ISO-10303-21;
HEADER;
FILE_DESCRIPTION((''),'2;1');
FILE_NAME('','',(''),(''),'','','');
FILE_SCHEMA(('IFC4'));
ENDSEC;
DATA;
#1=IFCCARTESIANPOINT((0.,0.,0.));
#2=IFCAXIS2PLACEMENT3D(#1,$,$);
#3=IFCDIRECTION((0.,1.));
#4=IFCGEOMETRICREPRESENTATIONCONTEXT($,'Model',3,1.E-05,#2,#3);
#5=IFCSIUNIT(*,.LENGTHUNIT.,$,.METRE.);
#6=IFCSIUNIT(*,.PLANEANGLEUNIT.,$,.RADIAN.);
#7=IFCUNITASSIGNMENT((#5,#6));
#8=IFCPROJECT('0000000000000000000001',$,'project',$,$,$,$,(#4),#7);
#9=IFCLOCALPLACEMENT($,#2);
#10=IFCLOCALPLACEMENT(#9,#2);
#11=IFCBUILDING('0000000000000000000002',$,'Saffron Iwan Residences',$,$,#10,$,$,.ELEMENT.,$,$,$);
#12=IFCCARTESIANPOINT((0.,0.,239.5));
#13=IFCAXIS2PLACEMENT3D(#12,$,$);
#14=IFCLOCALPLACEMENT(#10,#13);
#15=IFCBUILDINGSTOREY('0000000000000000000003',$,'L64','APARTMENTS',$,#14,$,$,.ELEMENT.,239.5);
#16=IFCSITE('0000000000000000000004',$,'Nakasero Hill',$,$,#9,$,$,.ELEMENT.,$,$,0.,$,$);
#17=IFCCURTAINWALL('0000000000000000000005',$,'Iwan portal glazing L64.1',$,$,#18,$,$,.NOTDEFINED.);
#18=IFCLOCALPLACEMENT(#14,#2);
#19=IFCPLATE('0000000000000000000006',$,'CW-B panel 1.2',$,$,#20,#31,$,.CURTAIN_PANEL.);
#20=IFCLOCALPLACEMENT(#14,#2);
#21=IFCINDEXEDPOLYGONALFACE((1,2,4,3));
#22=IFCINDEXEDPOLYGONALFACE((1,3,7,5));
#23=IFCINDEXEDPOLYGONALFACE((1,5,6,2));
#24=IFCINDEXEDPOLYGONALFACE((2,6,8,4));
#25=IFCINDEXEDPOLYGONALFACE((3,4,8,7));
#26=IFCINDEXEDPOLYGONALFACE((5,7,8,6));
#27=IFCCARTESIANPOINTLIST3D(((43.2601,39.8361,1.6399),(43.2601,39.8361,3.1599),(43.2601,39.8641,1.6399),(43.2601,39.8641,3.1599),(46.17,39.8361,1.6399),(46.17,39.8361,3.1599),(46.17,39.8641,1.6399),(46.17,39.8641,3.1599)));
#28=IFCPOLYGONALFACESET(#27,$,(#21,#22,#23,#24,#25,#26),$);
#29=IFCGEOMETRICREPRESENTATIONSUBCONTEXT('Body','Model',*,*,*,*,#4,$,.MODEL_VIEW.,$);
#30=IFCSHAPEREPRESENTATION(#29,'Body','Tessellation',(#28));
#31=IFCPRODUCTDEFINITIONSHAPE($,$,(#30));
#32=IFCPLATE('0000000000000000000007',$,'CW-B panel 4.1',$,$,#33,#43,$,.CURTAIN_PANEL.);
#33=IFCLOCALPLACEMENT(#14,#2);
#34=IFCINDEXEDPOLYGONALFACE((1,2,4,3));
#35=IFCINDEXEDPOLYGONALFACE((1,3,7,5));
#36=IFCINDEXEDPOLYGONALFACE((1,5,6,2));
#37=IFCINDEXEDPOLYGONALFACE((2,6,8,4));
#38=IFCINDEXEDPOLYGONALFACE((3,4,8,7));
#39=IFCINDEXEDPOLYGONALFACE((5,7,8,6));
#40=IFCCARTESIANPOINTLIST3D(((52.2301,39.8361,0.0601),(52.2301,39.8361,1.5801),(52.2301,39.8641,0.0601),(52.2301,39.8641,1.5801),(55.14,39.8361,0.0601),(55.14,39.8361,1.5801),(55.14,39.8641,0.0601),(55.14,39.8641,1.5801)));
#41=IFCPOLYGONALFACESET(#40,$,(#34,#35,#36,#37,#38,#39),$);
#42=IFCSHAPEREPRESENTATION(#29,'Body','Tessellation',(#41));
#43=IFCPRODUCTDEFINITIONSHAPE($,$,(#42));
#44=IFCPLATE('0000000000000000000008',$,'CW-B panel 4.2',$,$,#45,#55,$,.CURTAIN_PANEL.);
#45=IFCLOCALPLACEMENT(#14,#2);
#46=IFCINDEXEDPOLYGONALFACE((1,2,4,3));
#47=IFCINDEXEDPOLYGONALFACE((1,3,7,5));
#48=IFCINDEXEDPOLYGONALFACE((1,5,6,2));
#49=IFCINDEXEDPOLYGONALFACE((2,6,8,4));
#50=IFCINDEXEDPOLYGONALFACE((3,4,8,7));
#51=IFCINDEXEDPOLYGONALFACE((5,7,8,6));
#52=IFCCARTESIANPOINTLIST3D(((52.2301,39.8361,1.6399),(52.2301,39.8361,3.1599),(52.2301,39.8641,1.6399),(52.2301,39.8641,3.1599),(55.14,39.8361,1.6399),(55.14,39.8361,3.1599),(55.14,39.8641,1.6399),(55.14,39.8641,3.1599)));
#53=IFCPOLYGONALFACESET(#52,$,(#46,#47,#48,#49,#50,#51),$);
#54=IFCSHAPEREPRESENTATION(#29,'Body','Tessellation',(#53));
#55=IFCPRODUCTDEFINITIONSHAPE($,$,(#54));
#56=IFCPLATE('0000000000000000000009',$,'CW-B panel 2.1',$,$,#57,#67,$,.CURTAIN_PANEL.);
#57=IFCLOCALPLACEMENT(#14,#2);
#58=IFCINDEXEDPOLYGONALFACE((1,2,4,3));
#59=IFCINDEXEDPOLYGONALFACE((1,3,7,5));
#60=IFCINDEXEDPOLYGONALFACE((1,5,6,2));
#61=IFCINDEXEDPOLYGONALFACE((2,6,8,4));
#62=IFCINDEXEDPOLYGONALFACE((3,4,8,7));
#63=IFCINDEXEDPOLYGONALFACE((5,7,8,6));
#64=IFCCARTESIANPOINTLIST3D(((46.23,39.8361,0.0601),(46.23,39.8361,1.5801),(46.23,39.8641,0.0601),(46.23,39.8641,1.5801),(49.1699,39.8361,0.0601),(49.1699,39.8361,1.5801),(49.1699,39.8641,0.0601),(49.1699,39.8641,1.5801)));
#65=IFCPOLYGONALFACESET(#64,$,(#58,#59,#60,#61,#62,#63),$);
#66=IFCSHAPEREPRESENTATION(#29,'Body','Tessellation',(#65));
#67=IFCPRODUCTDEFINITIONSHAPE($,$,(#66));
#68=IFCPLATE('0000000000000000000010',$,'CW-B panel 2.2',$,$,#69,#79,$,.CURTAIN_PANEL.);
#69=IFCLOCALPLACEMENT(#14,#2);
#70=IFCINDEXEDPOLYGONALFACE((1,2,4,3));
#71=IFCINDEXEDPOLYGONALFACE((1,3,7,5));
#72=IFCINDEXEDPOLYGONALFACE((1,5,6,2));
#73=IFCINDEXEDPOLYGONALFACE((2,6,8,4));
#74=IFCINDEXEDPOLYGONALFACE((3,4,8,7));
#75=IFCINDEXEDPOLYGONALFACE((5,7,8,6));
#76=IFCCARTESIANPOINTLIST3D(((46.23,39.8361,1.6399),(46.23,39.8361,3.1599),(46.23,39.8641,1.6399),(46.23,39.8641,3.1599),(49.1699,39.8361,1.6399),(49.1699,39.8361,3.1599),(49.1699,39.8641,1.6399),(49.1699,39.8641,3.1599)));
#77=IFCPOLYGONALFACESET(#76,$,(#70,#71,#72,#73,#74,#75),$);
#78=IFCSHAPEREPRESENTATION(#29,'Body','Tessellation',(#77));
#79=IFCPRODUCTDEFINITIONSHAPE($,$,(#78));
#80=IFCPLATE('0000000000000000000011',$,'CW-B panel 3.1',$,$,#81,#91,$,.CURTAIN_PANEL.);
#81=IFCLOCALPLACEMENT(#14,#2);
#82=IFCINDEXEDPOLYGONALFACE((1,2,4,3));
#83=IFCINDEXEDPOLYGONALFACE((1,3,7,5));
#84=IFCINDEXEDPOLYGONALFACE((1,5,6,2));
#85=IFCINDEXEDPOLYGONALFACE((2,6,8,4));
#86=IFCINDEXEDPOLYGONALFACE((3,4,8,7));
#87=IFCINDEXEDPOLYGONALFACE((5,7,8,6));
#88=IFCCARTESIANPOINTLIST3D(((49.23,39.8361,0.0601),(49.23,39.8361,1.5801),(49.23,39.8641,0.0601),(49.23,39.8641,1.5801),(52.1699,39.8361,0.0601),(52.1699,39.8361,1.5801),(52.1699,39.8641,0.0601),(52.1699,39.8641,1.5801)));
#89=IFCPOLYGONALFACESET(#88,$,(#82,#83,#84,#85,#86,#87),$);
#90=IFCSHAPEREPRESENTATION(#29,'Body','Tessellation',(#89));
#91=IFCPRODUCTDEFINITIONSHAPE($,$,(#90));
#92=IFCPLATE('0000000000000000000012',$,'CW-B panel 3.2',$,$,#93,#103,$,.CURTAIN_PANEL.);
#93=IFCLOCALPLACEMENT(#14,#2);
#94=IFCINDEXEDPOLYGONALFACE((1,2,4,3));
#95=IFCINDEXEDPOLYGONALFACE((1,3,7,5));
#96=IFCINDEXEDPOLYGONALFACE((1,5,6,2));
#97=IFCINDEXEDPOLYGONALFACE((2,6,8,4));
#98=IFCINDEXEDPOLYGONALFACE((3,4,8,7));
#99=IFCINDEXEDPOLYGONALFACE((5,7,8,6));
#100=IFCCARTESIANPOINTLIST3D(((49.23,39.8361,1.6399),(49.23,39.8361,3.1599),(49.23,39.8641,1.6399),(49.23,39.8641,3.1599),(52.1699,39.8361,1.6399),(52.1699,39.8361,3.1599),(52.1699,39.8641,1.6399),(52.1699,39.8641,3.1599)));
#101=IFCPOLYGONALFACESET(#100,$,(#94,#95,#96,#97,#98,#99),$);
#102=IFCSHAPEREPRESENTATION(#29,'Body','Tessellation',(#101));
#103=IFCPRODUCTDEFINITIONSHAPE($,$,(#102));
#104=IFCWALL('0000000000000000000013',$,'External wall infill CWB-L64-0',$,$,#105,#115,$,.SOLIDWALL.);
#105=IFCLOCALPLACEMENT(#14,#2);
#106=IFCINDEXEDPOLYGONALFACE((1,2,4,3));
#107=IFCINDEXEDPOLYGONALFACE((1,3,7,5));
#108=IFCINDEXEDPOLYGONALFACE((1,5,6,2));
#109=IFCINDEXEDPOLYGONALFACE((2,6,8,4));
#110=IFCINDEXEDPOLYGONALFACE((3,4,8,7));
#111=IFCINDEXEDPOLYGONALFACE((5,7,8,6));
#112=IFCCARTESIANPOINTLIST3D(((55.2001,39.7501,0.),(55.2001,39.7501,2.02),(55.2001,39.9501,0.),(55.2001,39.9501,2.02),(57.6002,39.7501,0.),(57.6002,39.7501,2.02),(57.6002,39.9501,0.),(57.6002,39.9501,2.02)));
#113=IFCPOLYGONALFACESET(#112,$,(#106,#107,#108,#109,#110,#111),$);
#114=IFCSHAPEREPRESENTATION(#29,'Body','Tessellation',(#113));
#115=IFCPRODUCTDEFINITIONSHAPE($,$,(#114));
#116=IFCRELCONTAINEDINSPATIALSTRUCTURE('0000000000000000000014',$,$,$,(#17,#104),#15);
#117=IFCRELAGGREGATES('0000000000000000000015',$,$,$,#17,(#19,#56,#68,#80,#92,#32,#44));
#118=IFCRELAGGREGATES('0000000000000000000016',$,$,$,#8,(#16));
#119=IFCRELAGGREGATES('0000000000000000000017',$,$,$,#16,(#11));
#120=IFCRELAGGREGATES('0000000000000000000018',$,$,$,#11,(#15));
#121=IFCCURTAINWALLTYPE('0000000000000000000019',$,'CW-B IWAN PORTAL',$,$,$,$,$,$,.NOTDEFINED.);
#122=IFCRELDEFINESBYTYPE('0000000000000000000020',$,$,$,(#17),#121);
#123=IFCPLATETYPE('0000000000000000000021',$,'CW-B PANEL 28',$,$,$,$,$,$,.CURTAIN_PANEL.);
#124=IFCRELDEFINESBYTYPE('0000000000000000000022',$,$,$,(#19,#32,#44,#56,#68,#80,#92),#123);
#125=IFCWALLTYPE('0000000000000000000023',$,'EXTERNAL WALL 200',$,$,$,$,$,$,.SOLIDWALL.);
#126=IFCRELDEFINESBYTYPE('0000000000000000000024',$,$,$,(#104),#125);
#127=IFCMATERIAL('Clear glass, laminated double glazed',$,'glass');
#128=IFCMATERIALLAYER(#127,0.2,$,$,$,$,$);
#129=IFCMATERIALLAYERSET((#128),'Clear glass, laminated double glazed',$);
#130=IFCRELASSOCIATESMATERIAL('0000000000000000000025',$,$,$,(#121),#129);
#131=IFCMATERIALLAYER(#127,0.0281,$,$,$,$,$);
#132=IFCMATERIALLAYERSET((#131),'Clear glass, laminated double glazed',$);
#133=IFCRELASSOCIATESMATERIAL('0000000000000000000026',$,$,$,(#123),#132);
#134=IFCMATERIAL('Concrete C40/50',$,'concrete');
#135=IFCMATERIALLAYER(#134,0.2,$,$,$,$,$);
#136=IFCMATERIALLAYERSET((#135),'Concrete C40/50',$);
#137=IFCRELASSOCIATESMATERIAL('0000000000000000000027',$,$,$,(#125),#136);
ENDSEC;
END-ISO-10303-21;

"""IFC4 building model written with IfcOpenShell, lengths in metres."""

from ifc_helpers import new_model, si_unit, direction, frame, frame_2d, origin, origin_2d, place, context, subcontext, project, spatial, rectangle, extrude, source, transform, mapped, material, layer, layer_set, type_object, element, aggregate, save


model = new_model("IFC4")

# Units and contexts
model_context = context("Model", 3, precision=1e-05, world=origin(), true_north=direction((0.0, 1.0)))
body_context = subcontext(model_context, "Body", "Model", "MODEL_VIEW")
ifc_project = project(units=[si_unit("LENGTHUNIT", "METRE"), si_unit("PLANEANGLEUNIT", "RADIAN")], contexts=[model_context])

# Site, building, storey
site_placement = place(None, origin())
site = spatial("IfcSite", under=ifc_project, at=site_placement, Name="Nakasero Hill", CompositionType="ELEMENT", RefElevation=0.0)
building_placement = place(site_placement, origin())
building = spatial("IfcBuilding", under=site, at=building_placement, Name="Saffron Iwan Residences", CompositionType="ELEMENT")
storey_placement = place(building_placement, frame((0.0, 0.0, 239.5)))
storey = spatial("IfcBuildingStorey", under=building, at=storey_placement, Name="L64", Description="APARTMENTS", CompositionType="ELEMENT", Elevation=239.5)

# Curtain wall, plates
ifc_material_1 = material(Name="Clear glass, laminated double glazed", Category="glass")
ifc_layer_1 = layer(ifc_material_1, 0.2)
ifc_layer_set_1 = layer_set([ifc_layer_1], Name="Clear glass, laminated double glazed")
curtain_wall_type = type_object("IfcCurtainWallType", Name="CW-B IWAN PORTAL", PredefinedType="NOTDEFINED", material=ifc_layer_set_1)
curtain_wall_placement = place(storey_placement, origin())
curtain_wall = element("IfcCurtainWall", 1, at=curtain_wall_placement, inside=storey, type_object=curtain_wall_type, Name="Iwan portal glazing L64.1", PredefinedType="NOTDEFINED")
ifc_layer_2 = layer(ifc_material_1, 0.0281)
ifc_layer_set_2 = layer_set([ifc_layer_2], Name="Clear glass, laminated double glazed")
plate_type = type_object("IfcPlateType", Name="CW-B PANEL 28", PredefinedType="CURTAIN_PANEL", material=ifc_layer_set_2)
shared_shape_1 = source(origin(), body_context, "Body", "SweptSolid", [
    extrude(rectangle(XDim=2.9099, YDim=0.0281, at=origin_2d()), origin(), (0.0, 0.0, 1.0), 1.52),
])
plate_1_placement = place(storey_placement, frame((44.7151, 39.8501, 1.6399), z_axis=(0.0, 0.0, 1.0), x_axis=(1.0, 0.0, 0.0)))
plate_1 = element("IfcPlate", 2, at=plate_1_placement, type_object=plate_type, Name="CW-B panel 1.2", PredefinedType="CURTAIN_PANEL", context=body_context, shape_type="MappedRepresentation", body=[
    mapped(shared_shape_1, transform((0.0, 0.0, 0.0))),
])
plate_2_placement = place(storey_placement, frame((53.6851, 39.8501, 0.0601), z_axis=(0.0, 0.0, 1.0), x_axis=(1.0, 0.0, 0.0)))
plate_2 = element("IfcPlate", 3, at=plate_2_placement, type_object=plate_type, Name="CW-B panel 4.1", PredefinedType="CURTAIN_PANEL", context=body_context, shape_type="MappedRepresentation", body=[
    mapped(shared_shape_1, transform((0.0, 0.0, 0.0))),
])
plate_3_placement = place(storey_placement, frame((53.6851, 39.8501, 1.6399), z_axis=(0.0, 0.0, 1.0), x_axis=(1.0, 0.0, 0.0)))
plate_3 = element("IfcPlate", 4, at=plate_3_placement, type_object=plate_type, Name="CW-B panel 4.2", PredefinedType="CURTAIN_PANEL", context=body_context, shape_type="MappedRepresentation", body=[
    mapped(shared_shape_1, transform((0.0, 0.0, 0.0))),
])
shared_shape_2 = source(origin(), body_context, "Body", "SweptSolid", [
    extrude(rectangle(XDim=2.9399, YDim=0.0281, at=origin_2d()), origin(), (0.0, 0.0, 1.0), 1.52),
])
plate_4_placement = place(storey_placement, frame((47.7, 39.8501, 0.0601), z_axis=(0.0, 0.0, 1.0), x_axis=(1.0, 0.0, 0.0)))
plate_4 = element("IfcPlate", 5, at=plate_4_placement, type_object=plate_type, Name="CW-B panel 2.1", PredefinedType="CURTAIN_PANEL", context=body_context, shape_type="MappedRepresentation", body=[
    mapped(shared_shape_2, transform((0.0, 0.0, 0.0))),
])
plate_5_placement = place(storey_placement, frame((47.7, 39.8501, 1.6399), z_axis=(0.0, 0.0, 1.0), x_axis=(1.0, 0.0, 0.0)))
plate_5 = element("IfcPlate", 6, at=plate_5_placement, type_object=plate_type, Name="CW-B panel 2.2", PredefinedType="CURTAIN_PANEL", context=body_context, shape_type="MappedRepresentation", body=[
    mapped(shared_shape_2, transform((0.0, 0.0, 0.0))),
])
plate_6_placement = place(storey_placement, frame((50.7, 39.8501, 0.0601), z_axis=(0.0, 0.0, 1.0), x_axis=(1.0, 0.0, 0.0)))
plate_6 = element("IfcPlate", 7, at=plate_6_placement, type_object=plate_type, Name="CW-B panel 3.1", PredefinedType="CURTAIN_PANEL", context=body_context, shape_type="MappedRepresentation", body=[
    mapped(shared_shape_2, transform((0.0, 0.0, 0.0))),
])
plate_7_placement = place(storey_placement, frame((50.7, 39.8501, 1.6399), z_axis=(0.0, 0.0, 1.0), x_axis=(1.0, 0.0, 0.0)))
plate_7 = element("IfcPlate", 8, at=plate_7_placement, type_object=plate_type, Name="CW-B panel 3.2", PredefinedType="CURTAIN_PANEL", context=body_context, shape_type="MappedRepresentation", body=[
    mapped(shared_shape_2, transform((0.0, 0.0, 0.0))),
])
aggregate(curtain_wall, [plate_1, plate_4, plate_5, plate_6, plate_7, plate_2, plate_3])

# Wall
ifc_material_2 = material(Name="Concrete C40/50", Category="concrete")
ifc_layer_3 = layer(ifc_material_2, 0.2)
ifc_layer_set_3 = layer_set([ifc_layer_3], Name="Concrete C40/50")
wall_type = type_object("IfcWallType", Name="EXTERNAL WALL 200", PredefinedType="SOLIDWALL", material=ifc_layer_set_3)
wall_placement = place(storey_placement, frame((55.2, 39.8501, 0.0), z_axis=(0.0, 0.0, 1.0), x_axis=(1.0, 0.0, 0.0)))
element("IfcWall", 9, at=wall_placement, inside=storey, type_object=wall_type, Name="External wall infill CWB-L64-0", PredefinedType="SOLIDWALL", context=body_context, shape_type="SweptSolid", body=[
    extrude(rectangle(XDim=2.4001, YDim=0.2, at=frame_2d((1.2002, 0.0))), origin(), (0.0, 0.0, 1.0), 2.02),
])

save(model, "model.ifc")
